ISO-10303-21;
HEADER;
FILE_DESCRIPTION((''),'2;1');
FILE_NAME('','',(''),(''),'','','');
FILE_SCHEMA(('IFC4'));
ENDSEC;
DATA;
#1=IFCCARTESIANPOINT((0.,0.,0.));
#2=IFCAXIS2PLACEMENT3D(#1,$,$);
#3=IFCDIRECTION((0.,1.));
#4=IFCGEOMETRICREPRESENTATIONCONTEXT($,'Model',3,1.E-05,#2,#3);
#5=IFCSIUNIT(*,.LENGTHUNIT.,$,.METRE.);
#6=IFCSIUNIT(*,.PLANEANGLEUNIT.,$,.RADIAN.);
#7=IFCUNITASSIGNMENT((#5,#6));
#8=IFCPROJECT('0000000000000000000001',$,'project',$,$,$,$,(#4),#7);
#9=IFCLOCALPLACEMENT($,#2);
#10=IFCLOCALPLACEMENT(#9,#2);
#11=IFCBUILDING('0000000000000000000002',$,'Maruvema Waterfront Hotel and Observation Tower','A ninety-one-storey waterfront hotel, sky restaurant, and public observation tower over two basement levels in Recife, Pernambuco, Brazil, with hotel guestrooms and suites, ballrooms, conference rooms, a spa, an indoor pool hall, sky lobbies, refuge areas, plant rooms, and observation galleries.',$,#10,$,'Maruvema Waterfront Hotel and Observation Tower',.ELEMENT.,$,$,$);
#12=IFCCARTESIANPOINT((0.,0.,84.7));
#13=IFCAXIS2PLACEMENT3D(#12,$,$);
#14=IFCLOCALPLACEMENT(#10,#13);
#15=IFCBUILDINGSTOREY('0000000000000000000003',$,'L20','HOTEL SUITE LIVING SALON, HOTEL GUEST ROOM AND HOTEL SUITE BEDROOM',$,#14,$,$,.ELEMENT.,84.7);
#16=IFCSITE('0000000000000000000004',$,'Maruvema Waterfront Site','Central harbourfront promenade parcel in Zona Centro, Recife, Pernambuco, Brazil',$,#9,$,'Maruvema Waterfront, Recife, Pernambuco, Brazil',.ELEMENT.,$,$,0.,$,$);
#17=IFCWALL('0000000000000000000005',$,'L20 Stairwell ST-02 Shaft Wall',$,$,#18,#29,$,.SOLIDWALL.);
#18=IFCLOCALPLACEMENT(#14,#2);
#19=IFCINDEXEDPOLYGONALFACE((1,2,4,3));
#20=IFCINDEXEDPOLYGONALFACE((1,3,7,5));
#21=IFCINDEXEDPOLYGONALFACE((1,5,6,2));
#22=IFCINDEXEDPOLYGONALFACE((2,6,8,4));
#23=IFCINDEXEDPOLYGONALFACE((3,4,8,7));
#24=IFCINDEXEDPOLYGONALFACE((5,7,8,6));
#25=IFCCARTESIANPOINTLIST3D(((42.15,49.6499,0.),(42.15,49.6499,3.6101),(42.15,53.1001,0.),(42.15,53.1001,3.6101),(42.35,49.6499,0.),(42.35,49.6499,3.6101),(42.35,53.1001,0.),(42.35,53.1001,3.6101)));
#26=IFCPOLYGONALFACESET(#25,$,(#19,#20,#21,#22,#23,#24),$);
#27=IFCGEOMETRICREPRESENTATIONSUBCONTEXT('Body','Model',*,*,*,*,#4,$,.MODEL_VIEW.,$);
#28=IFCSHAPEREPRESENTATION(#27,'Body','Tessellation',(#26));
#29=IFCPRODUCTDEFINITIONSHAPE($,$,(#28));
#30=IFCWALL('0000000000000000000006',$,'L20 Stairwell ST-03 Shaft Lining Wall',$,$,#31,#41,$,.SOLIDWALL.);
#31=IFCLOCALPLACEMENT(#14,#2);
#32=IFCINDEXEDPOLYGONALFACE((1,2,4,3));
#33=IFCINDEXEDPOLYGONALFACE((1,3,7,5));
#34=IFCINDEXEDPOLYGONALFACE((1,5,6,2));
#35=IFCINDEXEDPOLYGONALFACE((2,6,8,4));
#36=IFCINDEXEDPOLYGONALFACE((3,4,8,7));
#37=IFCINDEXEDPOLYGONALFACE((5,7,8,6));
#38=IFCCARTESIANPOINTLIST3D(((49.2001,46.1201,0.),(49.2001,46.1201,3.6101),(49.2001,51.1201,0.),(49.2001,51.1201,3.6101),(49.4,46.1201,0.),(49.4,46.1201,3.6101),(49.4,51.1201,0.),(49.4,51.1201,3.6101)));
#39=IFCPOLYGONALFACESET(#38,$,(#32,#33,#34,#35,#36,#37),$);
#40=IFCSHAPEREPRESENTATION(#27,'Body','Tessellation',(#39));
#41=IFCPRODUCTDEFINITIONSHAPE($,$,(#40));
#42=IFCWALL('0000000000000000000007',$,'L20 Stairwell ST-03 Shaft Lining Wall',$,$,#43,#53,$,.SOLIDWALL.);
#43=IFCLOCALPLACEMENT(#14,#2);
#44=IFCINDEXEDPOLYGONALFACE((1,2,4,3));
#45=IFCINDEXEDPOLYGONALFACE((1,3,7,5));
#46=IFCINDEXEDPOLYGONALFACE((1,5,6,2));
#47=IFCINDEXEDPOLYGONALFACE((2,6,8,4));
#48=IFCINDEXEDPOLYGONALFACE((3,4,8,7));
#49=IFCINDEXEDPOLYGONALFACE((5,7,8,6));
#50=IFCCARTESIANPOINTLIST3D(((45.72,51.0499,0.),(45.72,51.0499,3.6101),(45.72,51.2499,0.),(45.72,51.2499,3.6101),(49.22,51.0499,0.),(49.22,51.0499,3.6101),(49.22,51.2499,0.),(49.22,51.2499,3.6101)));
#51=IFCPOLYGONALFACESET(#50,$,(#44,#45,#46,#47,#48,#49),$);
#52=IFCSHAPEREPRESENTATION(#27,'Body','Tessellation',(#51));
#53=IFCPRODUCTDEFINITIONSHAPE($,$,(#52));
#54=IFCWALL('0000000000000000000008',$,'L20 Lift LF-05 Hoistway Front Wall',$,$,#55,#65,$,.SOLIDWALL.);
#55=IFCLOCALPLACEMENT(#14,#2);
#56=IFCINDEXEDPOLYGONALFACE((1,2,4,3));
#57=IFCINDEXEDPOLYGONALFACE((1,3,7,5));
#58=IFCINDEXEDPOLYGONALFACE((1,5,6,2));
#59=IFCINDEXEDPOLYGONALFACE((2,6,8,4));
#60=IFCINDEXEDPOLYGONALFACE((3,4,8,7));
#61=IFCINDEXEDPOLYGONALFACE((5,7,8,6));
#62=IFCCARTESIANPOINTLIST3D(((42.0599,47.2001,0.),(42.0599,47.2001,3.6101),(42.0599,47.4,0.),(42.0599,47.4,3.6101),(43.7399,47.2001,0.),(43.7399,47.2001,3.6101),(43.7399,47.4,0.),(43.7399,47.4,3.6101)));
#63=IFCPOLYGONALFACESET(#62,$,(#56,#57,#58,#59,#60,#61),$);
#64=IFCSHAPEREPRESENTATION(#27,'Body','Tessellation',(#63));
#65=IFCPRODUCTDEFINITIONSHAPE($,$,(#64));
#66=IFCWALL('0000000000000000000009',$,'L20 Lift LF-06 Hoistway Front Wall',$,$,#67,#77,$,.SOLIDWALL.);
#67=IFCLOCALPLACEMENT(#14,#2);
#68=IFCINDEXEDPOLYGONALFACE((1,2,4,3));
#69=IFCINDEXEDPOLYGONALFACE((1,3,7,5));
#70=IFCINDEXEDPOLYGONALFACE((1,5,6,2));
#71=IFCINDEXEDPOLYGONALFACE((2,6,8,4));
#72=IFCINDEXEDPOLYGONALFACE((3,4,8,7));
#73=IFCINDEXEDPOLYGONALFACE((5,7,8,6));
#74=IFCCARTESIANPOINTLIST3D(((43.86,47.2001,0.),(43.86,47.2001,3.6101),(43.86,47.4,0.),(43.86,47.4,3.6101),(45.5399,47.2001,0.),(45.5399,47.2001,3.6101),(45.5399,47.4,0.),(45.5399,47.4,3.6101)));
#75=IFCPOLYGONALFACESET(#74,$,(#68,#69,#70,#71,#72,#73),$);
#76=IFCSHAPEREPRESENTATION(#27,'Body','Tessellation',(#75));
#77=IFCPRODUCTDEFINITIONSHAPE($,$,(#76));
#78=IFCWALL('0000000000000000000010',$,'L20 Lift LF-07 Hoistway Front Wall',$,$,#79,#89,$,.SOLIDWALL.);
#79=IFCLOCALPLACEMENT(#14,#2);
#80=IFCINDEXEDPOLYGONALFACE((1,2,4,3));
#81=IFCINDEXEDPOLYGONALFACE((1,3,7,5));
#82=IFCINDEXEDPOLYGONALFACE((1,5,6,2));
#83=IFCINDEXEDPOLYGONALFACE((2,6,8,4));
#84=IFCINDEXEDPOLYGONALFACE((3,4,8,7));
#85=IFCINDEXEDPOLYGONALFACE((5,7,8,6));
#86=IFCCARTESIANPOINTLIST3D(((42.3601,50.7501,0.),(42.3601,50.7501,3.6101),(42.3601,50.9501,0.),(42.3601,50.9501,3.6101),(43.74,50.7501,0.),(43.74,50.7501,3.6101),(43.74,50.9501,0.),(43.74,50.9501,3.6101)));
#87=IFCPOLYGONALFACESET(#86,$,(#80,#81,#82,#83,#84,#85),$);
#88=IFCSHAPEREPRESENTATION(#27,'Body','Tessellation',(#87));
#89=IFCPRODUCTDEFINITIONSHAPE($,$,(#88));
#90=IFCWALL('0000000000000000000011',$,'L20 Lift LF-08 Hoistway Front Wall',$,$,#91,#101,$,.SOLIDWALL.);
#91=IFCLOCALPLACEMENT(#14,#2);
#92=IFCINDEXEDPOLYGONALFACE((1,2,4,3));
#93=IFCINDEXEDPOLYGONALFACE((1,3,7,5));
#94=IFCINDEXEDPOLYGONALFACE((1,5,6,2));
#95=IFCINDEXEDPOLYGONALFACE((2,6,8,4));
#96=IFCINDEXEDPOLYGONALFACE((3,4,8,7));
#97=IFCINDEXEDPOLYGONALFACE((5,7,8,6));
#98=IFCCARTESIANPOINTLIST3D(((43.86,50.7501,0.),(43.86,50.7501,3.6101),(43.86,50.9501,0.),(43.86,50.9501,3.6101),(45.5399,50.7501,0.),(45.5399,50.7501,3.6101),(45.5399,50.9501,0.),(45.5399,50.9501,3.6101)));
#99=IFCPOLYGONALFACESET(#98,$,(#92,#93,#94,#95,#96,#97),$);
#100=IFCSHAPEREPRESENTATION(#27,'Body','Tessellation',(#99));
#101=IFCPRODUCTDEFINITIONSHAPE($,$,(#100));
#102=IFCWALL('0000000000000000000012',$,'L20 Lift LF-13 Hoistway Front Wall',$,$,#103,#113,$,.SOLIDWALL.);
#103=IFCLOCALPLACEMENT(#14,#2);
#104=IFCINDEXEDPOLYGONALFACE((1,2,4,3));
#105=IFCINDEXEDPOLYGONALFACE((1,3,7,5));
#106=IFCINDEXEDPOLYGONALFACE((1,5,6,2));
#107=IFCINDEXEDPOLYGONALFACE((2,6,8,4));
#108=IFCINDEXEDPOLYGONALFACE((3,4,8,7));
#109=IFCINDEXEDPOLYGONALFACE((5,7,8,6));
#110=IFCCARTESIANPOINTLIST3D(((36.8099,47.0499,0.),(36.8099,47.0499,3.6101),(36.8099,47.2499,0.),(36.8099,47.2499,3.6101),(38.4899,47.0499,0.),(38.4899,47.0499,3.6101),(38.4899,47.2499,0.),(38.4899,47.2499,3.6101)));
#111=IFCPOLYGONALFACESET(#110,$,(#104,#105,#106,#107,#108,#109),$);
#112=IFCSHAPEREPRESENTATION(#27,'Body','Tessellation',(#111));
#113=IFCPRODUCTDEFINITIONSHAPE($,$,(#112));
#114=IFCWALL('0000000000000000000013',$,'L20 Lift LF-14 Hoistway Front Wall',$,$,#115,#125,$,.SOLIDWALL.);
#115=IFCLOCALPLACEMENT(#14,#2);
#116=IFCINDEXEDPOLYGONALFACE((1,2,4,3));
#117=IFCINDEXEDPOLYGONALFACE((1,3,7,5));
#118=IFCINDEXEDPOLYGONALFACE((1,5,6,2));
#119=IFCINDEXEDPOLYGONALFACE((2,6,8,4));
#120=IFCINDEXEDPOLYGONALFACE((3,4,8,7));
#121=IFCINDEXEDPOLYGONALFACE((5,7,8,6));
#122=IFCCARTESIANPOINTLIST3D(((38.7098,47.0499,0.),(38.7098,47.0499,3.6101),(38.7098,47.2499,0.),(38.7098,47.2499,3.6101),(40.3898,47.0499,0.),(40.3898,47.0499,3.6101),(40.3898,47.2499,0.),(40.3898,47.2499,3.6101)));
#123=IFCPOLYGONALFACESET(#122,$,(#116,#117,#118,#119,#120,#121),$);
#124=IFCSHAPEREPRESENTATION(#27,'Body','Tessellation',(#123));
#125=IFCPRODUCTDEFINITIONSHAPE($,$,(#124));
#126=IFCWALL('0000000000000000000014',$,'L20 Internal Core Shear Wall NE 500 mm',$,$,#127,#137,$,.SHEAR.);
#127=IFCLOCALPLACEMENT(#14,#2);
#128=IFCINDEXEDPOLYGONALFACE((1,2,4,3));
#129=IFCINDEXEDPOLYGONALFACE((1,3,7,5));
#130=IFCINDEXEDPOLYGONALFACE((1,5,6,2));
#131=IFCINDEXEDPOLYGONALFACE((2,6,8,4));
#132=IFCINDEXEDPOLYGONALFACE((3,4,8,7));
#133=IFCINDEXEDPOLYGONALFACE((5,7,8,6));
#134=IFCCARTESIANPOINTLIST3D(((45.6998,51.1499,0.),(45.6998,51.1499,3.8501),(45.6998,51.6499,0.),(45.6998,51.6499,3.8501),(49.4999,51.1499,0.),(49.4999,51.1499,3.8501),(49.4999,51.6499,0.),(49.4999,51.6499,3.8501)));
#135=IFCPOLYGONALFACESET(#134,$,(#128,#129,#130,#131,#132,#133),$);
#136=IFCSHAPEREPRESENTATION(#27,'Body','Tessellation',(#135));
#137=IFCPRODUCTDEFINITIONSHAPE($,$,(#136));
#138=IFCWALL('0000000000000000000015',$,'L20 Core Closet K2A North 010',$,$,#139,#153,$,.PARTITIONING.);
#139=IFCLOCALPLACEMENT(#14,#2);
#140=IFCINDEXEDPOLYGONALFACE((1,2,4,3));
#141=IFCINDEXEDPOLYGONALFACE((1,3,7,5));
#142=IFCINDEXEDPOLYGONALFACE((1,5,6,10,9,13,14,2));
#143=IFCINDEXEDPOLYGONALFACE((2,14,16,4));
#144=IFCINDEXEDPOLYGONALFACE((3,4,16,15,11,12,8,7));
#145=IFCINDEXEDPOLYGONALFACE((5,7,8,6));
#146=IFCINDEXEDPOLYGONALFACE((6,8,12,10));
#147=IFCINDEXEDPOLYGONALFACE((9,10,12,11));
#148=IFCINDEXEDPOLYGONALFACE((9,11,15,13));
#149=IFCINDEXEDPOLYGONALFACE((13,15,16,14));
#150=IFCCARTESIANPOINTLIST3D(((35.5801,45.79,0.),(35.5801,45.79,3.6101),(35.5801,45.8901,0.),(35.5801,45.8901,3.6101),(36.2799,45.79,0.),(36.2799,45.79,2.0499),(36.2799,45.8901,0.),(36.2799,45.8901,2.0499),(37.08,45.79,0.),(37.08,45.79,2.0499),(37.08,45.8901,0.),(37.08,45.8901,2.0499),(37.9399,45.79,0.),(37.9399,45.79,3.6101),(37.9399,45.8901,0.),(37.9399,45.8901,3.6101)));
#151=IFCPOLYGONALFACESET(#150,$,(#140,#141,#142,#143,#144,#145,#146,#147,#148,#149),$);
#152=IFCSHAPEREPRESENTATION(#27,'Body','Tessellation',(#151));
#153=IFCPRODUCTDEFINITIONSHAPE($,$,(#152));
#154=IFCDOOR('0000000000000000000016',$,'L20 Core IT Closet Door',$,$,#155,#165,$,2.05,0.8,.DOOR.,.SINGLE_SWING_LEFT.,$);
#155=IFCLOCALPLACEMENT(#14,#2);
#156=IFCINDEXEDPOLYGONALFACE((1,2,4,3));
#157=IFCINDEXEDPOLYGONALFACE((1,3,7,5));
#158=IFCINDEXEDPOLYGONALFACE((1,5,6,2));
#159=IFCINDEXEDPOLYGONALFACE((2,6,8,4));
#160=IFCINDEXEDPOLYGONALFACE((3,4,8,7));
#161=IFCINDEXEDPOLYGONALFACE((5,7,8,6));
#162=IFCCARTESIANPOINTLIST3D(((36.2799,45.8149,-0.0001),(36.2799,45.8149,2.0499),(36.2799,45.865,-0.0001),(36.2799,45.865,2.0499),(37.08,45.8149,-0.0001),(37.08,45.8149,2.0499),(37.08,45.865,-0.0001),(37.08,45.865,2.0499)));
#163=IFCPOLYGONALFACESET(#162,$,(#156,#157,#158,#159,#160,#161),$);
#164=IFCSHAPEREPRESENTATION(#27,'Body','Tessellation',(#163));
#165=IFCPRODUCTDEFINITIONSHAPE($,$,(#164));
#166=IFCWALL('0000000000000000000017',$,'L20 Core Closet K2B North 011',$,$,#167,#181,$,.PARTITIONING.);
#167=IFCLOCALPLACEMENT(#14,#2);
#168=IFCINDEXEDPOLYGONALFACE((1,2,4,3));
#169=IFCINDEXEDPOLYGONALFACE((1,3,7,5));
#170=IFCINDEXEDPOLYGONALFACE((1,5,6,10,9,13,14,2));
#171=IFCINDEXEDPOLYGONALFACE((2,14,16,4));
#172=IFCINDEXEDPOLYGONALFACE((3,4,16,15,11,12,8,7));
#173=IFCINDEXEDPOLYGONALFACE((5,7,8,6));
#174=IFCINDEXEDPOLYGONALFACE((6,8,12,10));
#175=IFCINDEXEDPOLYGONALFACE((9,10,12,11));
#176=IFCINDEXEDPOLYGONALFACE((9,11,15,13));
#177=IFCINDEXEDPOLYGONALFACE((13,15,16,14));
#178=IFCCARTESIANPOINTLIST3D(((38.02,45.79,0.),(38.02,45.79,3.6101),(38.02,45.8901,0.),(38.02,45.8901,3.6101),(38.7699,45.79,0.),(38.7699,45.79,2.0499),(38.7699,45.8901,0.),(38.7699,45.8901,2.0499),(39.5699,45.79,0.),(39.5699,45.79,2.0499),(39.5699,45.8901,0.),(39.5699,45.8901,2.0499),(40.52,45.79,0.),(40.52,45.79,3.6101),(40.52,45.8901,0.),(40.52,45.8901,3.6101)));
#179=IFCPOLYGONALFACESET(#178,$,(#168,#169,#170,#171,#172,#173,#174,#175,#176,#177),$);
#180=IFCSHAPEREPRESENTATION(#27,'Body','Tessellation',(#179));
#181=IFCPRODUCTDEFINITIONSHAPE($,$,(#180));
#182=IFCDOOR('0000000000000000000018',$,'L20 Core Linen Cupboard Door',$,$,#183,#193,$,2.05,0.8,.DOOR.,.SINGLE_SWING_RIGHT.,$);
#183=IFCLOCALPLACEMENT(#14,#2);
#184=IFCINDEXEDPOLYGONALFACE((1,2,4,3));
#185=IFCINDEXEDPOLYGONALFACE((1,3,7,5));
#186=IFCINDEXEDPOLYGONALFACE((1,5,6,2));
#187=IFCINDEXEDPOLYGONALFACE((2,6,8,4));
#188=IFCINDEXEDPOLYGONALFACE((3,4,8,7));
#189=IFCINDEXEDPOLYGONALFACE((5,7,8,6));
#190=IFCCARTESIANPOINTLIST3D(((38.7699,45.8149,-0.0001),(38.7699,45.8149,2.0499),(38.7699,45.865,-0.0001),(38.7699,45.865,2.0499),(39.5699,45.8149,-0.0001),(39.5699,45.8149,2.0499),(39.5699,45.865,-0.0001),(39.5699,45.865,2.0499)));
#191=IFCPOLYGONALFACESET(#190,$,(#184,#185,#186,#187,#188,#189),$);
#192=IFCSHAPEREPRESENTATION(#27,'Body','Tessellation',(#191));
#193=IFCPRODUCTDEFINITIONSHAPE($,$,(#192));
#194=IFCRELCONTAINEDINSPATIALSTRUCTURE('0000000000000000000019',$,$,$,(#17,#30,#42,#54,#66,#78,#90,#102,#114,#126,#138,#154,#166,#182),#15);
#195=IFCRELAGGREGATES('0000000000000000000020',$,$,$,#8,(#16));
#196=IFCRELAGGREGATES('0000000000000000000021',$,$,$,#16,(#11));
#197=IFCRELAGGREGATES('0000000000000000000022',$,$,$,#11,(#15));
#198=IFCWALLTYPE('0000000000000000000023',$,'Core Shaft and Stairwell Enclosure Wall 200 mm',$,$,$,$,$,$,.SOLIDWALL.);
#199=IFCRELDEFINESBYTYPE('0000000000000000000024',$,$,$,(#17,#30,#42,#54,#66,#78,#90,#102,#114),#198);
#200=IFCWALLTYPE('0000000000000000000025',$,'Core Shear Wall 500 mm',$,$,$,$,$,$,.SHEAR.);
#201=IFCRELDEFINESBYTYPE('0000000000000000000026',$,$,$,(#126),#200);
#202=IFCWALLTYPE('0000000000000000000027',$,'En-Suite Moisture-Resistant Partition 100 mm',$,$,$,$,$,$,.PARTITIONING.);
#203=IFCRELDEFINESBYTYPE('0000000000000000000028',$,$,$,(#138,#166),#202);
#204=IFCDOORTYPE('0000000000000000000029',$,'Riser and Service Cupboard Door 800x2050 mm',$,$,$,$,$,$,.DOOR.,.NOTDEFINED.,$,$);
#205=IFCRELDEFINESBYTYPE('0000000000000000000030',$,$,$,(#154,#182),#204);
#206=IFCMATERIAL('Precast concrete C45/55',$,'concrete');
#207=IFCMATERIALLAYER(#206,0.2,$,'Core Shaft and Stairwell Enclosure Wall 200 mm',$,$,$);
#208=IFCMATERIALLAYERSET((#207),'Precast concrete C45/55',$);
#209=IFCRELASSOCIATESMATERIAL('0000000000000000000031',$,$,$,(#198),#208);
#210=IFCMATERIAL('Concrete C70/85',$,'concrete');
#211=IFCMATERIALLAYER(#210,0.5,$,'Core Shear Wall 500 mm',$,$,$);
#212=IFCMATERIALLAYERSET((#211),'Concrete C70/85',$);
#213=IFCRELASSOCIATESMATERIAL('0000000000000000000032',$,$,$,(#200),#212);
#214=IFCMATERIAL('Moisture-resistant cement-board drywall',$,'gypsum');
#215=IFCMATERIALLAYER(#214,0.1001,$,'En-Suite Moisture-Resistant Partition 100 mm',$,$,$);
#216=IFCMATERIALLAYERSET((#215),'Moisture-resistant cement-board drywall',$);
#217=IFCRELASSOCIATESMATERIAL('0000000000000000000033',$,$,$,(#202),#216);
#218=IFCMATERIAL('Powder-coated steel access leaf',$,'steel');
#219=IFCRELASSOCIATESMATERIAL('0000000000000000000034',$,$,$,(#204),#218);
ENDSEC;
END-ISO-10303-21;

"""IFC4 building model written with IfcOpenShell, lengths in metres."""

from ifc_helpers import new_model, si_unit, direction, frame, frame_2d, origin, place, context, subcontext, project, spatial, rectangle, extrude, material, layer, layer_set, type_object, element, fill, save


model = new_model("IFC4")

# Units and contexts
model_context = context("Model", 3, precision=1e-05, world=origin(), true_north=direction((0.0, 1.0)))
body_context = subcontext(model_context, "Body", "Model", "MODEL_VIEW")
ifc_project = project(units=[si_unit("LENGTHUNIT", "METRE"), si_unit("PLANEANGLEUNIT", "RADIAN")], contexts=[model_context])

# Site, building, storey
site_placement = place(None, origin())
site = spatial("IfcSite", under=ifc_project, at=site_placement, Name="Maruvema Waterfront Site", Description="Central harbourfront promenade parcel in Zona Centro, Recife, Pernambuco, Brazil", LongName="Maruvema Waterfront, Recife, Pernambuco, Brazil", CompositionType="ELEMENT", RefElevation=0.0)
building_placement = place(site_placement, origin())
building = spatial("IfcBuilding", under=site, at=building_placement, Name="Maruvema Waterfront Hotel and Observation Tower", Description="A ninety-one-storey waterfront hotel, sky restaurant, and public observation tower over two basement levels in Recife, Pernambuco, Brazil, with hotel guestrooms and suites, ballrooms, conference rooms, a spa, an indoor pool hall, sky lobbies, refuge areas, plant rooms, and observation galleries.", LongName="Maruvema Waterfront Hotel and Observation Tower", CompositionType="ELEMENT")
storey_placement = place(building_placement, frame((0.0, 0.0, 84.7)))
storey = spatial("IfcBuildingStorey", under=building, at=storey_placement, Name="L20", Description="HOTEL SUITE LIVING SALON, HOTEL GUEST ROOM AND HOTEL SUITE BEDROOM", CompositionType="ELEMENT", Elevation=84.7)

# Walls
ifc_material_1 = material(Name="Precast concrete C45/55", Category="concrete")
ifc_layer_1 = layer(ifc_material_1, 0.2, Name="Core Shaft and Stairwell Enclosure Wall 200 mm")
ifc_layer_set_1 = layer_set([ifc_layer_1], Name="Precast concrete C45/55")
wall_type_1 = type_object("IfcWallType", Name="Core Shaft and Stairwell Enclosure Wall 200 mm", PredefinedType="SOLIDWALL", material=ifc_layer_set_1)
wall_1_placement = place(storey_placement, frame((42.25, 49.6499, 0.0), z_axis=(0.0, 0.0, 1.0), x_axis=(0.0, 1.0, 0.0)))
element("IfcWall", 1, at=wall_1_placement, inside=storey, type_object=wall_type_1, Name="L20 Stairwell ST-02 Shaft Wall", PredefinedType="SOLIDWALL", context=body_context, shape_type="SweptSolid", body=[
    extrude(rectangle(XDim=3.4502, YDim=0.2, at=frame_2d((1.7251, 0.0))), origin(), (0.0, 0.0, 1.0), 3.6101),
])
wall_2_placement = place(storey_placement, frame((49.3, 46.1201, 0.0), z_axis=(0.0, 0.0, 1.0), x_axis=(0.0, 1.0, 0.0)))
element("IfcWall", 2, at=wall_2_placement, inside=storey, type_object=wall_type_1, Name="L20 Stairwell ST-03 Shaft Lining Wall", PredefinedType="SOLIDWALL", context=body_context, shape_type="SweptSolid", body=[
    extrude(rectangle(XDim=5.0, YDim=0.2, at=frame_2d((2.5, 0.0))), origin(), (0.0, 0.0, 1.0), 3.6101),
])
wall_3_placement = place(storey_placement, frame((45.72, 51.1499, 0.0), z_axis=(0.0, 0.0, 1.0), x_axis=(1.0, 0.0, 0.0)))
element("IfcWall", 3, at=wall_3_placement, inside=storey, type_object=wall_type_1, Name="L20 Stairwell ST-03 Shaft Lining Wall", PredefinedType="SOLIDWALL", context=body_context, shape_type="SweptSolid", body=[
    extrude(rectangle(XDim=3.5, YDim=0.2, at=frame_2d((1.75, 0.0))), origin(), (0.0, 0.0, 1.0), 3.6101),
])
for number, where, z_axis, x_axis, name in (
    (4, (42.0601, 47.3, 0.0), (0.0, 0.0, 1.0), (1.0, 0.0, 0.0), "L20 Lift LF-05 Hoistway Front Wall"),
    (5, (43.8601, 47.3, 0.0), (0.0, 0.0, 1.0), (1.0, 0.0, 0.0), "L20 Lift LF-06 Hoistway Front Wall"),
):
    element("IfcWall", number, at=place(storey_placement, frame(where, z_axis=z_axis, x_axis=x_axis)), inside=storey, type_object=wall_type_1, Name=name, PredefinedType="SOLIDWALL", context=body_context, shape_type="SweptSolid", body=[
        extrude(rectangle(XDim=1.6799, YDim=0.2, at=frame_2d((0.8398, 0.0))), origin(), (0.0, 0.0, 1.0), 3.6101),
    ])
wall_4_placement = place(storey_placement, frame((42.3601, 50.8501, 0.0), z_axis=(0.0, 0.0, 1.0), x_axis=(1.0, 0.0, 0.0)))
element("IfcWall", 6, at=wall_4_placement, inside=storey, type_object=wall_type_1, Name="L20 Lift LF-07 Hoistway Front Wall", PredefinedType="SOLIDWALL", context=body_context, shape_type="SweptSolid", body=[
    extrude(rectangle(XDim=1.3799, YDim=0.2, at=frame_2d((0.6899, 0.0))), origin(), (0.0, 0.0, 1.0), 3.6101),
])
for number, where, z_axis, x_axis, name in (
    (7, (43.8601, 50.8501, 0.0), (0.0, 0.0, 1.0), (1.0, 0.0, 0.0), "L20 Lift LF-08 Hoistway Front Wall"),
    (8, (36.8101, 47.1499, 0.0), (0.0, 0.0, 1.0), (1.0, 0.0, 0.0), "L20 Lift LF-13 Hoistway Front Wall"),
    (9, (38.71, 47.1499, 0.0), (0.0, 0.0, 1.0), (1.0, 0.0, 0.0), "L20 Lift LF-14 Hoistway Front Wall"),
):
    element("IfcWall", number, at=place(storey_placement, frame(where, z_axis=z_axis, x_axis=x_axis)), inside=storey, type_object=wall_type_1, Name=name, PredefinedType="SOLIDWALL", context=body_context, shape_type="SweptSolid", body=[
        extrude(rectangle(XDim=1.6799, YDim=0.2, at=frame_2d((0.8398, 0.0))), origin(), (0.0, 0.0, 1.0), 3.6101),
    ])
ifc_material_2 = material(Name="Concrete C70/85", Category="concrete")
ifc_layer_2 = layer(ifc_material_2, 0.5, Name="Core Shear Wall 500 mm")
ifc_layer_set_2 = layer_set([ifc_layer_2], Name="Concrete C70/85")
wall_type_2 = type_object("IfcWallType", Name="Core Shear Wall 500 mm", PredefinedType="SHEAR", material=ifc_layer_set_2)
wall_5_placement = place(storey_placement, frame((45.7, 51.3999, 0.0), z_axis=(0.0, 0.0, 1.0), x_axis=(1.0, 0.0, 0.0)))
element("IfcWall", 10, at=wall_5_placement, inside=storey, type_object=wall_type_2, Name="L20 Internal Core Shear Wall NE 500 mm", PredefinedType="SHEAR", context=body_context, shape_type="SweptSolid", body=[
    extrude(rectangle(XDim=3.8, YDim=0.5, at=frame_2d((1.8999, 0.0))), origin(), (0.0, 0.0, 1.0), 3.8501),
])

# Walls, openings, doors
ifc_material_3 = material(Name="Moisture-resistant cement-board drywall", Category="gypsum")
ifc_layer_3 = layer(ifc_material_3, 0.1001, Name="En-Suite Moisture-Resistant Partition 100 mm")
ifc_layer_set_3 = layer_set([ifc_layer_3], Name="Moisture-resistant cement-board drywall")
wall_type_3 = type_object("IfcWallType", Name="En-Suite Moisture-Resistant Partition 100 mm", PredefinedType="PARTITIONING", material=ifc_layer_set_3)
wall_6_placement = place(storey_placement, frame((35.5801, 45.8401, 0.0), z_axis=(0.0, 0.0, 1.0), x_axis=(1.0, 0.0, 0.0)))
wall_6 = element("IfcWall", 11, at=wall_6_placement, inside=storey, type_object=wall_type_3, Name="L20 Core Closet K2A North 010", PredefinedType="PARTITIONING", context=body_context, shape_type="SweptSolid", body=[
    extrude(rectangle(XDim=2.3599, YDim=0.1001, at=frame_2d((1.1799, 0.0))), origin(), (0.0, 0.0, 1.0), 3.6101),
])
opening_1_placement = place(wall_6_placement, frame((0.7, 0.0, 0.0)))
opening_1 = element("IfcOpeningElement", 12, at=opening_1_placement, cuts=wall_6, PredefinedType="OPENING", context=body_context, shape_type="SweptSolid", body=[
    extrude(rectangle(XDim=0.8, YDim=2.05, at=frame_2d((0.3999, 1.0249))), frame((0.0, 0.0601, 0.0), z_axis=(0.0, -1.0, 0.0), x_axis=(1.0, 0.0, 0.0)), (0.0, 0.0, 1.0), 0.1201),
])
ifc_material_4 = material(Name="Powder-coated steel access leaf", Category="steel")
door_type = type_object("IfcDoorType", Name="Riser and Service Cupboard Door 800x2050 mm", OperationType="NOTDEFINED", PredefinedType="DOOR", material=ifc_material_4)
door_1_placement = place(opening_1_placement, origin())
door_1 = element("IfcDoor", 13, at=door_1_placement, inside=storey, type_object=door_type, Name="L20 Core IT Closet Door", OperationType="SINGLE_SWING_LEFT", OverallHeight=2.05, OverallWidth=0.8, PredefinedType="DOOR", context=body_context, shape_type="SweptSolid", body=[
    extrude(rectangle(XDim=0.8, YDim=2.05, at=frame_2d((0.3999, 1.0249))), frame((0.0, 0.0249, 0.0), z_axis=(0.0, -1.0, 0.0), x_axis=(1.0, 0.0, 0.0)), (0.0, 0.0, 1.0), 0.05),
])
fill(opening_1, door_1)
wall_7_placement = place(storey_placement, frame((38.02, 45.8401, 0.0), z_axis=(0.0, 0.0, 1.0), x_axis=(1.0, 0.0, 0.0)))
wall_7 = element("IfcWall", 14, at=wall_7_placement, inside=storey, type_object=wall_type_3, Name="L20 Core Closet K2B North 011", PredefinedType="PARTITIONING", context=body_context, shape_type="SweptSolid", body=[
    extrude(rectangle(XDim=2.5, YDim=0.1001, at=frame_2d((1.25, 0.0))), origin(), (0.0, 0.0, 1.0), 3.6101),
])
opening_2_placement = place(wall_7_placement, frame((0.75, 0.0, 0.0)))
opening_2 = element("IfcOpeningElement", 15, at=opening_2_placement, cuts=wall_7, PredefinedType="OPENING", context=body_context, shape_type="SweptSolid", body=[
    extrude(rectangle(XDim=0.8, YDim=2.05, at=frame_2d((0.3999, 1.0249))), frame((0.0, 0.0601, 0.0), z_axis=(0.0, -1.0, 0.0), x_axis=(1.0, 0.0, 0.0)), (0.0, 0.0, 1.0), 0.1201),
])
door_2_placement = place(opening_2_placement, origin())
door_2 = element("IfcDoor", 16, at=door_2_placement, inside=storey, type_object=door_type, Name="L20 Core Linen Cupboard Door", OperationType="SINGLE_SWING_RIGHT", OverallHeight=2.05, OverallWidth=0.8, PredefinedType="DOOR", context=body_context, shape_type="SweptSolid", body=[
    extrude(rectangle(XDim=0.8, YDim=2.05, at=frame_2d((0.3999, 1.0249))), frame((0.0, 0.0249, 0.0), z_axis=(0.0, -1.0, 0.0), x_axis=(1.0, 0.0, 0.0)), (0.0, 0.0, 1.0), 0.05),
])
fill(opening_2, door_2)

save(model, "model.ifc")
